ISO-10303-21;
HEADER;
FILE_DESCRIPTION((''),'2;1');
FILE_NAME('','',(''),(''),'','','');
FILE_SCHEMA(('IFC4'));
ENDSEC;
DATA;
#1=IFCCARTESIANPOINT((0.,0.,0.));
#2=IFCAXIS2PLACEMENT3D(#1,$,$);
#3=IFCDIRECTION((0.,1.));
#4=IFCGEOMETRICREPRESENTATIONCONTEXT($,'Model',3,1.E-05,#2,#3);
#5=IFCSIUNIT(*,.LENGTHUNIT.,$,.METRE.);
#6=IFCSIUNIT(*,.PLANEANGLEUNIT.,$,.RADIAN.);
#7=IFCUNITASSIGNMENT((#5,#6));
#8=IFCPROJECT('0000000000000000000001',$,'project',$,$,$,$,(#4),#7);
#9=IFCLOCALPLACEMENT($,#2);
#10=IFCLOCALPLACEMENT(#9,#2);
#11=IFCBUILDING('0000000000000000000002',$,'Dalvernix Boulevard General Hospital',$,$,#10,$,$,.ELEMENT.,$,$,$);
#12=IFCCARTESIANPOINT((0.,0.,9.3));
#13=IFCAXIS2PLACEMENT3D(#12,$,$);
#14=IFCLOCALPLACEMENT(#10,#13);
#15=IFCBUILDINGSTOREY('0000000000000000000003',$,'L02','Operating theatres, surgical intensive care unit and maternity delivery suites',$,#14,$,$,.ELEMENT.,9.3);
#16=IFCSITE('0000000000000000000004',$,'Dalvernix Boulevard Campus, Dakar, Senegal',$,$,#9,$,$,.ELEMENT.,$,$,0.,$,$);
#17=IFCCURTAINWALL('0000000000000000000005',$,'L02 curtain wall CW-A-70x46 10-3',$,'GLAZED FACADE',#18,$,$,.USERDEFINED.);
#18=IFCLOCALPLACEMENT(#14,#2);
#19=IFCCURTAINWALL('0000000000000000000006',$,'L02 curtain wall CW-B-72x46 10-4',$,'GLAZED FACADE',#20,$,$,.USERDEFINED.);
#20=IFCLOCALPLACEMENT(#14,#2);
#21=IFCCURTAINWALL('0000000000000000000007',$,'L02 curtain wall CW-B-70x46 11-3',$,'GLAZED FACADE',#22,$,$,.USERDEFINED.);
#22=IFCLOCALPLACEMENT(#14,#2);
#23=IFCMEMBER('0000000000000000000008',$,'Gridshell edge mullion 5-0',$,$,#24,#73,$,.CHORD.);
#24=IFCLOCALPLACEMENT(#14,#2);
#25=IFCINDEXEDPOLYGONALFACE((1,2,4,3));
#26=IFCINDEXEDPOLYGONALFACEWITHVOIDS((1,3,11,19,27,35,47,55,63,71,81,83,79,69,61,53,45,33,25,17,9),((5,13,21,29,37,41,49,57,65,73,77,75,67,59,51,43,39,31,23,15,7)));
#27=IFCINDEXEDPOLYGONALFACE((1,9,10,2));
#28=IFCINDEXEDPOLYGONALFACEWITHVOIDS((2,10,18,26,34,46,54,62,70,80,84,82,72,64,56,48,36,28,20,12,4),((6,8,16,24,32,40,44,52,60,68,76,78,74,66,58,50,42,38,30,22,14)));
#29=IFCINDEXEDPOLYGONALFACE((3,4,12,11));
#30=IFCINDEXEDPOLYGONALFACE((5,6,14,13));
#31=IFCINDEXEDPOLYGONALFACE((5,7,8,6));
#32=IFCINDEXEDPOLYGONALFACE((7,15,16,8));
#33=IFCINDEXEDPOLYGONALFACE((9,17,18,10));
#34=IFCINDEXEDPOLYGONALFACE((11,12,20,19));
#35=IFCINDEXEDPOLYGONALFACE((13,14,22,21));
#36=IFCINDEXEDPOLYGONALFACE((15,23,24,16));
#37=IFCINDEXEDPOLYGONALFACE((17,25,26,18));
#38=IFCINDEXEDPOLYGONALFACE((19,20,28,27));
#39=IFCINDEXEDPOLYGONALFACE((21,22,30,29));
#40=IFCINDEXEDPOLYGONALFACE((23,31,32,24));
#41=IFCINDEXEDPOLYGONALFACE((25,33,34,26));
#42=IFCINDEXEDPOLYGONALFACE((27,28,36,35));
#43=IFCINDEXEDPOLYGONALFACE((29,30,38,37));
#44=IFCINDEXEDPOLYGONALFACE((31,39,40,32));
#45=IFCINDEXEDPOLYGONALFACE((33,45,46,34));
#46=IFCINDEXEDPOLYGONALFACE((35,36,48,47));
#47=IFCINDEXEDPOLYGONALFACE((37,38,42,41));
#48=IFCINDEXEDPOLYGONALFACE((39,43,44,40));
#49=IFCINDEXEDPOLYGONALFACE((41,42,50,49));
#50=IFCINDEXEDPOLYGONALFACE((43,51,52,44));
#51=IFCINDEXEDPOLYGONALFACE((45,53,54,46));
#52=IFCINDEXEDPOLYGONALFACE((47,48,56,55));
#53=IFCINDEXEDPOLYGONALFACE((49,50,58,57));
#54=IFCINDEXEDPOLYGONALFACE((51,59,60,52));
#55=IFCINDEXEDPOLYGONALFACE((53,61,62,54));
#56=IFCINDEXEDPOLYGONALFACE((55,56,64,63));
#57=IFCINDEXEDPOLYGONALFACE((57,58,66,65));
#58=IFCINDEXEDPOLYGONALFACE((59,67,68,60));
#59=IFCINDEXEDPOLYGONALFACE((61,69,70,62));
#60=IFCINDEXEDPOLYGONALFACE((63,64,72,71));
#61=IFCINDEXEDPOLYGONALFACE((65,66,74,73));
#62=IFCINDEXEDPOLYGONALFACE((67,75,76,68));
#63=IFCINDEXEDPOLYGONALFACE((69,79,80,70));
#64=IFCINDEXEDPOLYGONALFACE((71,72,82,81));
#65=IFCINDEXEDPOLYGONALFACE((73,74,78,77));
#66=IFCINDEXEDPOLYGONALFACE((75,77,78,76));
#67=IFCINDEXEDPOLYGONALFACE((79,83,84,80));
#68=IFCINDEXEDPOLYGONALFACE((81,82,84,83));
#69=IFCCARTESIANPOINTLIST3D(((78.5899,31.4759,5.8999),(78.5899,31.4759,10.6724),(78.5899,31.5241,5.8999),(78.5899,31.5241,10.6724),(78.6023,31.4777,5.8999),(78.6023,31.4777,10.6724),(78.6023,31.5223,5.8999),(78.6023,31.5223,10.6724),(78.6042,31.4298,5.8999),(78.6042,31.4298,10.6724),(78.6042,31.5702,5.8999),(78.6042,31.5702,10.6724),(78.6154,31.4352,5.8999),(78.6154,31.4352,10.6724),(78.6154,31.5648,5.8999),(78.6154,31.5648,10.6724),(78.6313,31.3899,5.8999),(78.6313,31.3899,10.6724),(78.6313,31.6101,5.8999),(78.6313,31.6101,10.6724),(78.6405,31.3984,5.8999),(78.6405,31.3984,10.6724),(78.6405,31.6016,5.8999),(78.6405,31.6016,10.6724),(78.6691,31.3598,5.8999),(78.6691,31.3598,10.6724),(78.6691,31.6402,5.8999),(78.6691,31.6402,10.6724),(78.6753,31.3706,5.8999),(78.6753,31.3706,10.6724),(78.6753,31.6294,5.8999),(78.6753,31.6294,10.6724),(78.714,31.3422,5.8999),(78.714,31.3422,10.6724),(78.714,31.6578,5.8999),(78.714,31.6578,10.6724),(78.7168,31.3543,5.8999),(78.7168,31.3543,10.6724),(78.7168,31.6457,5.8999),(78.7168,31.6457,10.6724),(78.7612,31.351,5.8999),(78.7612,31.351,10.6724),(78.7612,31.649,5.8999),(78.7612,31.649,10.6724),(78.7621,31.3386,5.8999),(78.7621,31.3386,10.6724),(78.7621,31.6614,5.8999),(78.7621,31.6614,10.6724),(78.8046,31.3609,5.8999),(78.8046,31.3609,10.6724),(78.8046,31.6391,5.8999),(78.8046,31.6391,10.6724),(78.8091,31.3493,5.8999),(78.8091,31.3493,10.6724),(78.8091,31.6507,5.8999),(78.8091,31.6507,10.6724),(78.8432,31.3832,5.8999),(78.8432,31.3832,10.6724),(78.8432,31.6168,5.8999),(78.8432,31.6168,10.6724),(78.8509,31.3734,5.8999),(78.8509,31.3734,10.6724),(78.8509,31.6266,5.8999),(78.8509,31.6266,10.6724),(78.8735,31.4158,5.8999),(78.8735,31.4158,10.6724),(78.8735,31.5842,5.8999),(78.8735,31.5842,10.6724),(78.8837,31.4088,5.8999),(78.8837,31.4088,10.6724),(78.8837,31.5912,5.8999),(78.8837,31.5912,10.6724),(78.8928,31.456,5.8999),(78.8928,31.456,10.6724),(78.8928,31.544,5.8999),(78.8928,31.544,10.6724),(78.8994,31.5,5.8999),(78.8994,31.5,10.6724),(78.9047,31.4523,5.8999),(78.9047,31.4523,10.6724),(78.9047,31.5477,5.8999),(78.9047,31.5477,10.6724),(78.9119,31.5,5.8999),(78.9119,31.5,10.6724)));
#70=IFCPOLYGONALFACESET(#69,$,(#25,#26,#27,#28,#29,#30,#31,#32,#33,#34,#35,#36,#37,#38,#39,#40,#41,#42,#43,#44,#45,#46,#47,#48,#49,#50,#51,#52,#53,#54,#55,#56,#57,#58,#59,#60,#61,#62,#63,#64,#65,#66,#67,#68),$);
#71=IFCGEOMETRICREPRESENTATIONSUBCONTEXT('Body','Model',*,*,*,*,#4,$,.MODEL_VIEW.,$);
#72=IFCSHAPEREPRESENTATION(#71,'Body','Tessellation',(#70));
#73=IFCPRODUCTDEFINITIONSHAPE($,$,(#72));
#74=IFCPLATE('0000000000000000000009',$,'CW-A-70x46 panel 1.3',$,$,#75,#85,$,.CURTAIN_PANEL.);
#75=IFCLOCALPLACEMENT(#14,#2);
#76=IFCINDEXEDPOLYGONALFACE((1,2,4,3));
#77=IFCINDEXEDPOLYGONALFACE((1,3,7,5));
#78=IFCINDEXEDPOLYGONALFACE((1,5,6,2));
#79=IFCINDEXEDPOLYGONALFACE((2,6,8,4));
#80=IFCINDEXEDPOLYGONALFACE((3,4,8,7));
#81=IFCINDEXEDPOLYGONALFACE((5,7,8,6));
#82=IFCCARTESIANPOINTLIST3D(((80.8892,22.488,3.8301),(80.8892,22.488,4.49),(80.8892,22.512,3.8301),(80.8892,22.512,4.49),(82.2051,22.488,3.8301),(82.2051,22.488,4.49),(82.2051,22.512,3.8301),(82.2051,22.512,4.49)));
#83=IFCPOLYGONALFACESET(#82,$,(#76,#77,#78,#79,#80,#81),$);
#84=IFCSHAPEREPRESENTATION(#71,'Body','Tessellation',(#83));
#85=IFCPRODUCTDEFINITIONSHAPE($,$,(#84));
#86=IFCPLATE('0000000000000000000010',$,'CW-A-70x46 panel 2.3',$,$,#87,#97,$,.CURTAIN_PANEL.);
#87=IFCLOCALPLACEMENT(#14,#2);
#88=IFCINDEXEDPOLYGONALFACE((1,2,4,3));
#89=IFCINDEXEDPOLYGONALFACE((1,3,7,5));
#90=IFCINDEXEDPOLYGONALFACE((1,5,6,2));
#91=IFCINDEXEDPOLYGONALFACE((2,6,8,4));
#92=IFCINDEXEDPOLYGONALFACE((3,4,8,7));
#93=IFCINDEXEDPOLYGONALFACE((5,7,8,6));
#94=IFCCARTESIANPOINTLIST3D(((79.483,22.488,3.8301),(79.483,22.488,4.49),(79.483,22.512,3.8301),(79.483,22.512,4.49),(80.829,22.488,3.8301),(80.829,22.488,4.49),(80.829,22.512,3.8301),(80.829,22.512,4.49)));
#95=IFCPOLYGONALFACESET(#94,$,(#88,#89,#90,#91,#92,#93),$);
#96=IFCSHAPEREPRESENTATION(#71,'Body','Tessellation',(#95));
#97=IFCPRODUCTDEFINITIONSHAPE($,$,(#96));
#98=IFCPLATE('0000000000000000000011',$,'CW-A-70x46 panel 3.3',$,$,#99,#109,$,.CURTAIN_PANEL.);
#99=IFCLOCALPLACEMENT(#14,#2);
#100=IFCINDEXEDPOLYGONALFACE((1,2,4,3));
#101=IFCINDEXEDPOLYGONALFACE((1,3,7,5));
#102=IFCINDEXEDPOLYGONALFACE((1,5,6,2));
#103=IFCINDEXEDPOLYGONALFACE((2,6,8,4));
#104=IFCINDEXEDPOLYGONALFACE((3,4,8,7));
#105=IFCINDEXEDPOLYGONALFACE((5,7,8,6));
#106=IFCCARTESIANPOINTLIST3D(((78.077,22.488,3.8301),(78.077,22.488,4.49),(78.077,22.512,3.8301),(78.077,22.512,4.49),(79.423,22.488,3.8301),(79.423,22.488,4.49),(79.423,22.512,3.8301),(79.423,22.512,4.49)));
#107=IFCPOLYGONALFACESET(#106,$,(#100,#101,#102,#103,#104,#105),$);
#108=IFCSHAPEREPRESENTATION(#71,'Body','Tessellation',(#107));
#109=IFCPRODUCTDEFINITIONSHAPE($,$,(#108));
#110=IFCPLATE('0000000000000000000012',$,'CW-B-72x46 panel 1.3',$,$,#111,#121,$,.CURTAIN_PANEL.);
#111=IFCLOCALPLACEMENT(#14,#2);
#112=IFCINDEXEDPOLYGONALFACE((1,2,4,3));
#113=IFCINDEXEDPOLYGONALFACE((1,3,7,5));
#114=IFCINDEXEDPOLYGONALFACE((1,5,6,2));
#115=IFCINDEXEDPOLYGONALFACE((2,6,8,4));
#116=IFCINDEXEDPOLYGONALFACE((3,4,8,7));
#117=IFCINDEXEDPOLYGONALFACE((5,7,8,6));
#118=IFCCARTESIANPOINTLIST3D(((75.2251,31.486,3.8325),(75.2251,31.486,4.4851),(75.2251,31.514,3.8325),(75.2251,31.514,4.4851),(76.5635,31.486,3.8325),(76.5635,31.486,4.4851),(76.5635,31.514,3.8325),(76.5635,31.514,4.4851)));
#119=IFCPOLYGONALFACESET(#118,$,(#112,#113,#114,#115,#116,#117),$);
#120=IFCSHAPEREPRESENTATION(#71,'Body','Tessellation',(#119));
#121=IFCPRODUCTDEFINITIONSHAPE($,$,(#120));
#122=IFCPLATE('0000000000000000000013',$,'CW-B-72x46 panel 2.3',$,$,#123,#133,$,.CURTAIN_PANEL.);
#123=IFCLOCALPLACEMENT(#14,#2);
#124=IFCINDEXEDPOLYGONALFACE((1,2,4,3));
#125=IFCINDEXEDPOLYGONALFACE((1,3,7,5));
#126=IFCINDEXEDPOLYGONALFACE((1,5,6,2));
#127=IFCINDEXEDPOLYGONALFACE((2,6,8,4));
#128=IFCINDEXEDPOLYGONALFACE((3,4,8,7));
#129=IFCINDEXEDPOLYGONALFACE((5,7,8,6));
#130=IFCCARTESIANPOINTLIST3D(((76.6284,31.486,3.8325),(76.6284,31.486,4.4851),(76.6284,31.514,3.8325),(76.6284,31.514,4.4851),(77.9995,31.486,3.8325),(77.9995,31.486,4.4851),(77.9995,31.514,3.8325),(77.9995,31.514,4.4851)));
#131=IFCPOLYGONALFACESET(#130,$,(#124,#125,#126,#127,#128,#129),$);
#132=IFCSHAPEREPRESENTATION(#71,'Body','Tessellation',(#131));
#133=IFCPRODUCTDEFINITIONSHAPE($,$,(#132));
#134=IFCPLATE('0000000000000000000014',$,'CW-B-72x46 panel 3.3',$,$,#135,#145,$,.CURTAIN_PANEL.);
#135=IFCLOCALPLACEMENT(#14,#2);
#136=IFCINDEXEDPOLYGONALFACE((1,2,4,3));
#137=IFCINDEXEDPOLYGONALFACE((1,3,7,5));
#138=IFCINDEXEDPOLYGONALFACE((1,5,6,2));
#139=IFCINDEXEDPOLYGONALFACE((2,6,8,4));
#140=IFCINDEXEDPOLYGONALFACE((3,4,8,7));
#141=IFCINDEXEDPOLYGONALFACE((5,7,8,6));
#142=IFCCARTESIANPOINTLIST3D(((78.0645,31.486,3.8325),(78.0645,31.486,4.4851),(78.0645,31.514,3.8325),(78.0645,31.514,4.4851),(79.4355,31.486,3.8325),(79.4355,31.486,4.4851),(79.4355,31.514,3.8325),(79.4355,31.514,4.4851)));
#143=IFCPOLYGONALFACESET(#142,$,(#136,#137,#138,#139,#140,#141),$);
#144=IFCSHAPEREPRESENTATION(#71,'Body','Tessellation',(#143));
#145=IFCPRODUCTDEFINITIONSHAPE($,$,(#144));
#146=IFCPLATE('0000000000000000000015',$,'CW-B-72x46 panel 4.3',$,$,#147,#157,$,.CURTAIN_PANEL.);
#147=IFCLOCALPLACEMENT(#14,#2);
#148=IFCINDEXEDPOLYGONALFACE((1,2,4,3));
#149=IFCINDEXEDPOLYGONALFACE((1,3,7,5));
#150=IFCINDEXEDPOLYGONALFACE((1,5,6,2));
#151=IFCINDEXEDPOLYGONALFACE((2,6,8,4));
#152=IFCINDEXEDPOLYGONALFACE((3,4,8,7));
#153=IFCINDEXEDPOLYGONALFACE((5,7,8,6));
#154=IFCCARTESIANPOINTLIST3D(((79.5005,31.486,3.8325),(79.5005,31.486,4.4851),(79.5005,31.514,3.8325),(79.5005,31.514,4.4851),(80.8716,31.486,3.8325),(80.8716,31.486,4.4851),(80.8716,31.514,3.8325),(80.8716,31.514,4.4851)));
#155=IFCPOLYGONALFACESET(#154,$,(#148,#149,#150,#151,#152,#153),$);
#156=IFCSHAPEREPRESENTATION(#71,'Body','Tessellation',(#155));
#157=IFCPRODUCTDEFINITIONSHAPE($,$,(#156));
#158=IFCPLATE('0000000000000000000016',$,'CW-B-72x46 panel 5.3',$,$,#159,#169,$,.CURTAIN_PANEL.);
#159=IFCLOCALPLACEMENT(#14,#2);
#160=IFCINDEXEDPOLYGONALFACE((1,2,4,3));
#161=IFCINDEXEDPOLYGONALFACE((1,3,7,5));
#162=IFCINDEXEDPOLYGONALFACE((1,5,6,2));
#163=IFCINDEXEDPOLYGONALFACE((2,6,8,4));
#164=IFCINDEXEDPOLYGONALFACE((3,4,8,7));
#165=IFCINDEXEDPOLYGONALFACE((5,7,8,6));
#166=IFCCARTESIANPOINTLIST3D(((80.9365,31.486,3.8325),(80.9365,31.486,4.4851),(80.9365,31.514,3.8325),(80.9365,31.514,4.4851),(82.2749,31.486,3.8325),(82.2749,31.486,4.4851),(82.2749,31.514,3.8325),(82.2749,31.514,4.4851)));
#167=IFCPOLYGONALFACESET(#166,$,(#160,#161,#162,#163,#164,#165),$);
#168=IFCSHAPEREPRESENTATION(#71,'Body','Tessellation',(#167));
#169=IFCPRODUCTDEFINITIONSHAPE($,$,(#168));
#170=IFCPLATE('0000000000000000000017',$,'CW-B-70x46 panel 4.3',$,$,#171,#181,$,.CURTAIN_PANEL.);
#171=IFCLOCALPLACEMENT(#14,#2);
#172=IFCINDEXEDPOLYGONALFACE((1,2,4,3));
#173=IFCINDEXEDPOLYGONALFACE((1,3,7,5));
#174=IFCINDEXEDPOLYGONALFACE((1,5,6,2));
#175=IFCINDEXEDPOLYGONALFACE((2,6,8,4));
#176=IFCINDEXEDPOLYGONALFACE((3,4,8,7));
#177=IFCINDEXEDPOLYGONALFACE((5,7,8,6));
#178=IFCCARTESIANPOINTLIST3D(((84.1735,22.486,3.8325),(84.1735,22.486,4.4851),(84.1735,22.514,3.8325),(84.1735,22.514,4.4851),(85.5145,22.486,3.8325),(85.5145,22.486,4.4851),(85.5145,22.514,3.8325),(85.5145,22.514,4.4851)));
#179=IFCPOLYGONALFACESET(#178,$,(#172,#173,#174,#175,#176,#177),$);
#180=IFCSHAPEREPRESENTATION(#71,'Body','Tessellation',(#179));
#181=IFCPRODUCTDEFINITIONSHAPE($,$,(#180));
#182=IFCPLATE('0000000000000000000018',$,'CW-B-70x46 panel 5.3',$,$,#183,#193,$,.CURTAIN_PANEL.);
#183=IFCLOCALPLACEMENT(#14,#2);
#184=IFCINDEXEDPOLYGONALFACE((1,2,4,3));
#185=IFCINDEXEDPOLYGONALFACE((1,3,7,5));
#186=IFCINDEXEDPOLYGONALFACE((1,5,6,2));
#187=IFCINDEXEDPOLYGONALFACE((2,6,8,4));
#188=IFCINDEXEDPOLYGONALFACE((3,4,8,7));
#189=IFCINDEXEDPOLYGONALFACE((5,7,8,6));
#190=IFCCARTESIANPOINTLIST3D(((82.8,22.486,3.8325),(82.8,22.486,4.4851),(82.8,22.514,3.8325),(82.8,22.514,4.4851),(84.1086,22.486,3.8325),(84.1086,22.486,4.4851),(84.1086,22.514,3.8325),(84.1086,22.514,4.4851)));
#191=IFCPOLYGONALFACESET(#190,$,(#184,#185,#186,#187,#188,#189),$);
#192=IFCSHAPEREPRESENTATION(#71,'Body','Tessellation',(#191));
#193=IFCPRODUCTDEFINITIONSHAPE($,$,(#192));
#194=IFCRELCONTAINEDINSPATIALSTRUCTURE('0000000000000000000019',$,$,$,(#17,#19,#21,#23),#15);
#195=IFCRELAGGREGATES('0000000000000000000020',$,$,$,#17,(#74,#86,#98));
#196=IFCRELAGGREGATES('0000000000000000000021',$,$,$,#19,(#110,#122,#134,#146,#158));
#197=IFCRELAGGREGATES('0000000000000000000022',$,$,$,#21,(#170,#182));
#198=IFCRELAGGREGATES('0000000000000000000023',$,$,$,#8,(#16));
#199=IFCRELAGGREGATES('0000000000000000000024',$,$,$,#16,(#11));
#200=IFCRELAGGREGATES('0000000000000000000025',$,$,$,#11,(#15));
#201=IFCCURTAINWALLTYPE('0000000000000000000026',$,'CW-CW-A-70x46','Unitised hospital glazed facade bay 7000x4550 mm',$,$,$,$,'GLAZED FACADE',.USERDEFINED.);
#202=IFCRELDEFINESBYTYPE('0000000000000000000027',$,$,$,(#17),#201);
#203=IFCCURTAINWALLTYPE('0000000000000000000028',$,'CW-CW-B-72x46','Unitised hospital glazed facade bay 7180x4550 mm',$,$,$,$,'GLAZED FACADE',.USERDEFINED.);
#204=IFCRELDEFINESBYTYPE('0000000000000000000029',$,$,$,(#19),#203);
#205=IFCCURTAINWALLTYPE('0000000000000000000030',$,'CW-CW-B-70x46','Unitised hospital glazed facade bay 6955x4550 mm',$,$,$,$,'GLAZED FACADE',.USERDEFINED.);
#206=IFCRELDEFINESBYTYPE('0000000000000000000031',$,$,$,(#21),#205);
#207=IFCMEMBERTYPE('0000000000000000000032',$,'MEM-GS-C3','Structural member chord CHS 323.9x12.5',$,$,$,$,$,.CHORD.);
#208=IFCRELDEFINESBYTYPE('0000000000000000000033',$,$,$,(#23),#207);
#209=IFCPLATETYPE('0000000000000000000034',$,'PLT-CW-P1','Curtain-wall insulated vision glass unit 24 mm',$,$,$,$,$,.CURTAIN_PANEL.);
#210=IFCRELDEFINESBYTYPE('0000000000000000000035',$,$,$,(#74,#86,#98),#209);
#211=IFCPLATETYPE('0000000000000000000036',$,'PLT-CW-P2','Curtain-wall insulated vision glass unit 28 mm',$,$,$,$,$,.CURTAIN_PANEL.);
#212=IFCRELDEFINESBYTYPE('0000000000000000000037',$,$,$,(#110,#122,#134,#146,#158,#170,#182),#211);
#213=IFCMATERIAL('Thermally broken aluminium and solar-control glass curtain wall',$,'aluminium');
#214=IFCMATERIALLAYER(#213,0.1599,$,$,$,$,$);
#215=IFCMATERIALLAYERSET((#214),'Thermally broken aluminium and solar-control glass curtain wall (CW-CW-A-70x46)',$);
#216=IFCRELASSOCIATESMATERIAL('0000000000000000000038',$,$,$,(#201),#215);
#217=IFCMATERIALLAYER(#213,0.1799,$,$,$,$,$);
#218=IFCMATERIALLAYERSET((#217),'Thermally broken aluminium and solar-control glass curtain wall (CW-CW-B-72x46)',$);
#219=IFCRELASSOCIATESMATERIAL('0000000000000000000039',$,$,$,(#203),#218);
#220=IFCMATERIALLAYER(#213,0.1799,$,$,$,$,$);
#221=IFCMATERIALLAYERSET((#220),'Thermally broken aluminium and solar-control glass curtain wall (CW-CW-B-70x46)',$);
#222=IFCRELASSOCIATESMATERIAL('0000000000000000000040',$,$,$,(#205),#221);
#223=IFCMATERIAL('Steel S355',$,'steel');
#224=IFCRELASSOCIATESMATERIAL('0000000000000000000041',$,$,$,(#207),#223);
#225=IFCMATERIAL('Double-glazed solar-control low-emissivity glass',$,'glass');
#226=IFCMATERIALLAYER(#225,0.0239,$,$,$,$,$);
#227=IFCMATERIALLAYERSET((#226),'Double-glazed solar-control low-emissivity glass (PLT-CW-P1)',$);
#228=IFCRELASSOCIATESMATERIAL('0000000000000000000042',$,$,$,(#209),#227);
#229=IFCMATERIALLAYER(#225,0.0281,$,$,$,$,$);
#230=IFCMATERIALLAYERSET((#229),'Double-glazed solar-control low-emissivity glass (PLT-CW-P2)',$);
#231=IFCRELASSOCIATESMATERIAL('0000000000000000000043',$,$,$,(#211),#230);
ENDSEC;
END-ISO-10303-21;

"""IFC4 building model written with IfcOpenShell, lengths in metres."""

from ifc_helpers import new_model, si_unit, direction, frame, origin, origin_2d, place, context, subcontext, project, spatial, rectangle, hollow_circle, extrude, material, layer, layer_set, material_profile, profile_set, type_object, element, aggregate, save


model = new_model("IFC4")

# Units and contexts
model_context = context("Model", 3, precision=1e-05, world=origin(), true_north=direction((0.0, 1.0)))
body_context = subcontext(model_context, "Body", "Model", "MODEL_VIEW")
ifc_project = project(units=[si_unit("LENGTHUNIT", "METRE"), si_unit("PLANEANGLEUNIT", "RADIAN")], contexts=[model_context])

# Site, building, storey
site_placement = place(None, origin())
site = spatial("IfcSite", under=ifc_project, at=site_placement, Name="Dalvernix Boulevard Campus, Dakar, Senegal", CompositionType="ELEMENT", RefElevation=0.0)
building_placement = place(site_placement, origin())
building = spatial("IfcBuilding", under=site, at=building_placement, Name="Dalvernix Boulevard General Hospital", CompositionType="ELEMENT")
storey_placement = place(building_placement, frame((0.0, 0.0, 9.3)))
storey = spatial("IfcBuildingStorey", under=building, at=storey_placement, Name="L02", Description="Operating theatres, surgical intensive care unit and maternity delivery suites", CompositionType="ELEMENT", Elevation=9.3)

# Curtain walls
ifc_material_1 = material(Name="Thermally broken aluminium and solar-control glass curtain wall", Category="aluminium")
ifc_layer_1 = layer(ifc_material_1, 0.1599)
ifc_layer_set_1 = layer_set([ifc_layer_1], Name="Thermally broken aluminium and solar-control glass curtain wall (CW-CW-A-70x46)")
curtain_wall_type_1 = type_object("IfcCurtainWallType", Name="CW-CW-A-70x46", Description="Unitised hospital glazed facade bay 7000x4550 mm", ElementType="GLAZED FACADE", PredefinedType="USERDEFINED", material=ifc_layer_set_1)
curtain_wall_1_placement = place(storey_placement, origin())
curtain_wall_1 = element("IfcCurtainWall", 1, at=curtain_wall_1_placement, inside=storey, type_object=curtain_wall_type_1, Name="L02 curtain wall CW-A-70x46 10-3", ObjectType="GLAZED FACADE", PredefinedType="USERDEFINED")
ifc_layer_2 = layer(ifc_material_1, 0.1799)
ifc_layer_set_2 = layer_set([ifc_layer_2], Name="Thermally broken aluminium and solar-control glass curtain wall (CW-CW-B-72x46)")
curtain_wall_type_2 = type_object("IfcCurtainWallType", Name="CW-CW-B-72x46", Description="Unitised hospital glazed facade bay 7180x4550 mm", ElementType="GLAZED FACADE", PredefinedType="USERDEFINED", material=ifc_layer_set_2)
curtain_wall_2_placement = place(storey_placement, origin())
curtain_wall_2 = element("IfcCurtainWall", 2, at=curtain_wall_2_placement, inside=storey, type_object=curtain_wall_type_2, Name="L02 curtain wall CW-B-72x46 10-4", ObjectType="GLAZED FACADE", PredefinedType="USERDEFINED")
ifc_layer_3 = layer(ifc_material_1, 0.1799)
ifc_layer_set_3 = layer_set([ifc_layer_3], Name="Thermally broken aluminium and solar-control glass curtain wall (CW-CW-B-70x46)")
curtain_wall_type_3 = type_object("IfcCurtainWallType", Name="CW-CW-B-70x46", Description="Unitised hospital glazed facade bay 6955x4550 mm", ElementType="GLAZED FACADE", PredefinedType="USERDEFINED", material=ifc_layer_set_3)
curtain_wall_3_placement = place(storey_placement, origin())
curtain_wall_3 = element("IfcCurtainWall", 3, at=curtain_wall_3_placement, inside=storey, type_object=curtain_wall_type_3, Name="L02 curtain wall CW-B-70x46 11-3", ObjectType="GLAZED FACADE", PredefinedType="USERDEFINED")

# Member
ifc_material_2 = material(Name="Steel S355", Category="steel")
ifc_material_profile_1 = material_profile(ifc_material_2, hollow_circle(Radius=0.1619, WallThickness=0.0125, at=origin_2d()), Name="CHS 323.9x12.5")
ifc_profile_set_1 = profile_set([ifc_material_profile_1], Name="Steel S355")
member_type_1 = type_object("IfcMemberType", Name="MEM-GS-C3", Description="Structural member chord CHS 323.9x12.5", PredefinedType="CHORD", material=ifc_profile_set_1)
member_1_placement = place(storey_placement, frame((78.75, 31.5, 5.8999), z_axis=(0.0, 0.0, 1.0), x_axis=(1.0, 0.0, 0.0)))
element("IfcMember", 4, at=member_1_placement, inside=storey, type_object=member_type_1, Name="Gridshell edge mullion 5-0", PredefinedType="CHORD", context=body_context, shape_type="SweptSolid", body=[
    extrude(hollow_circle(Radius=0.1619, WallThickness=0.0125, at=origin_2d()), origin(), (0.0, 0.0, 1.0), 4.7725),
])

# Plates
ifc_material_3 = material(Name="Double-glazed solar-control low-emissivity glass", Category="glass")
ifc_layer_4 = layer(ifc_material_3, 0.0239)
ifc_layer_set_4 = layer_set([ifc_layer_4], Name="Double-glazed solar-control low-emissivity glass (PLT-CW-P1)")
plate_type_1 = type_object("IfcPlateType", Name="PLT-CW-P1", Description="Curtain-wall insulated vision glass unit 24 mm", PredefinedType="CURTAIN_PANEL", material=ifc_layer_set_4)
plate_1_placement = place(storey_placement, frame((81.5471, 22.5, 3.8301), z_axis=(0.0, 0.0, 1.0), x_axis=(-1.0, 0.0, 0.0)))
plate_1 = element("IfcPlate", 5, at=plate_1_placement, type_object=plate_type_1, Name="CW-A-70x46 panel 1.3", PredefinedType="CURTAIN_PANEL", context=body_context, shape_type="SweptSolid", body=[
    extrude(rectangle(XDim=1.3159, YDim=0.0239, at=origin_2d()), origin(), (0.0, 0.0, 1.0), 0.6599),
])
plate_2_placement = place(storey_placement, frame((80.156, 22.5, 3.8301), z_axis=(0.0, 0.0, 1.0), x_axis=(-1.0, 0.0, 0.0)))
plate_2 = element("IfcPlate", 6, at=plate_2_placement, type_object=plate_type_1, Name="CW-A-70x46 panel 2.3", PredefinedType="CURTAIN_PANEL", context=body_context, shape_type="SweptSolid", body=[
    extrude(rectangle(XDim=1.3459, YDim=0.0239, at=origin_2d()), origin(), (0.0, 0.0, 1.0), 0.6599),
])
plate_3_placement = place(storey_placement, frame((78.75, 22.5, 3.8301), z_axis=(0.0, 0.0, 1.0), x_axis=(-1.0, 0.0, 0.0)))
plate_3 = element("IfcPlate", 7, at=plate_3_placement, type_object=plate_type_1, Name="CW-A-70x46 panel 3.3", PredefinedType="CURTAIN_PANEL", context=body_context, shape_type="SweptSolid", body=[
    extrude(rectangle(XDim=1.3459, YDim=0.0239, at=origin_2d()), origin(), (0.0, 0.0, 1.0), 0.6599),
])
aggregate(curtain_wall_1, [plate_1, plate_2, plate_3])
ifc_layer_5 = layer(ifc_material_3, 0.0281)
ifc_layer_set_5 = layer_set([ifc_layer_5], Name="Double-glazed solar-control low-emissivity glass (PLT-CW-P2)")
plate_type_2 = type_object("IfcPlateType", Name="PLT-CW-P2", Description="Curtain-wall insulated vision glass unit 28 mm", PredefinedType="CURTAIN_PANEL", material=ifc_layer_set_5)
plate_4_placement = place(storey_placement, frame((75.8943, 31.5, 3.8325), z_axis=(0.0, 0.0, 1.0), x_axis=(1.0, 0.0, 0.0)))
plate_4 = element("IfcPlate", 8, at=plate_4_placement, type_object=plate_type_2, Name="CW-B-72x46 panel 1.3", PredefinedType="CURTAIN_PANEL", context=body_context, shape_type="SweptSolid", body=[
    extrude(rectangle(XDim=1.3384, YDim=0.0281, at=origin_2d()), origin(), (0.0, 0.0, 1.0), 0.6526),
])
plate_5_placement = place(storey_placement, frame((77.314, 31.5, 3.8325), z_axis=(0.0, 0.0, 1.0), x_axis=(1.0, 0.0, 0.0)))
plate_5 = element("IfcPlate", 9, at=plate_5_placement, type_object=plate_type_2, Name="CW-B-72x46 panel 2.3", PredefinedType="CURTAIN_PANEL", context=body_context, shape_type="SweptSolid", body=[
    extrude(rectangle(XDim=1.3711, YDim=0.0281, at=origin_2d()), origin(), (0.0, 0.0, 1.0), 0.6526),
])
plate_6_placement = place(storey_placement, frame((78.75, 31.5, 3.8325), z_axis=(0.0, 0.0, 1.0), x_axis=(1.0, 0.0, 0.0)))
plate_6 = element("IfcPlate", 10, at=plate_6_placement, type_object=plate_type_2, Name="CW-B-72x46 panel 3.3", PredefinedType="CURTAIN_PANEL", context=body_context, shape_type="SweptSolid", body=[
    extrude(rectangle(XDim=1.3711, YDim=0.0281, at=origin_2d()), origin(), (0.0, 0.0, 1.0), 0.6526),
])
plate_7_placement = place(storey_placement, frame((80.186, 31.5, 3.8325), z_axis=(0.0, 0.0, 1.0), x_axis=(1.0, 0.0, 0.0)))
plate_7 = element("IfcPlate", 11, at=plate_7_placement, type_object=plate_type_2, Name="CW-B-72x46 panel 4.3", PredefinedType="CURTAIN_PANEL", context=body_context, shape_type="SweptSolid", body=[
    extrude(rectangle(XDim=1.3711, YDim=0.0281, at=origin_2d()), origin(), (0.0, 0.0, 1.0), 0.6526),
])
plate_8_placement = place(storey_placement, frame((81.6057, 31.5, 3.8325), z_axis=(0.0, 0.0, 1.0), x_axis=(1.0, 0.0, 0.0)))
plate_8 = element("IfcPlate", 12, at=plate_8_placement, type_object=plate_type_2, Name="CW-B-72x46 panel 5.3", PredefinedType="CURTAIN_PANEL", context=body_context, shape_type="SweptSolid", body=[
    extrude(rectangle(XDim=1.3384, YDim=0.0281, at=origin_2d()), origin(), (0.0, 0.0, 1.0), 0.6526),
])
aggregate(curtain_wall_2, [plate_4, plate_5, plate_6, plate_7, plate_8])
plate_9_placement = place(storey_placement, frame((84.844, 22.5, 3.8325), z_axis=(0.0, 0.0, 1.0), x_axis=(-1.0, 0.0, 0.0)))
plate_9 = element("IfcPlate", 13, at=plate_9_placement, type_object=plate_type_2, Name="CW-B-70x46 panel 4.3", PredefinedType="CURTAIN_PANEL", context=body_context, shape_type="SweptSolid", body=[
    extrude(rectangle(XDim=1.3411, YDim=0.0281, at=origin_2d()), origin(), (0.0, 0.0, 1.0), 0.6526),
])
plate_10_placement = place(storey_placement, frame((83.4543, 22.5, 3.8325), z_axis=(0.0, 0.0, 1.0), x_axis=(-1.0, 0.0, 0.0)))
plate_10 = element("IfcPlate", 14, at=plate_10_placement, type_object=plate_type_2, Name="CW-B-70x46 panel 5.3", PredefinedType="CURTAIN_PANEL", context=body_context, shape_type="SweptSolid", body=[
    extrude(rectangle(XDim=1.3086, YDim=0.0281, at=origin_2d()), origin(), (0.0, 0.0, 1.0), 0.6526),
])
aggregate(curtain_wall_3, [plate_9, plate_10])

save(model, "model.ifc")
